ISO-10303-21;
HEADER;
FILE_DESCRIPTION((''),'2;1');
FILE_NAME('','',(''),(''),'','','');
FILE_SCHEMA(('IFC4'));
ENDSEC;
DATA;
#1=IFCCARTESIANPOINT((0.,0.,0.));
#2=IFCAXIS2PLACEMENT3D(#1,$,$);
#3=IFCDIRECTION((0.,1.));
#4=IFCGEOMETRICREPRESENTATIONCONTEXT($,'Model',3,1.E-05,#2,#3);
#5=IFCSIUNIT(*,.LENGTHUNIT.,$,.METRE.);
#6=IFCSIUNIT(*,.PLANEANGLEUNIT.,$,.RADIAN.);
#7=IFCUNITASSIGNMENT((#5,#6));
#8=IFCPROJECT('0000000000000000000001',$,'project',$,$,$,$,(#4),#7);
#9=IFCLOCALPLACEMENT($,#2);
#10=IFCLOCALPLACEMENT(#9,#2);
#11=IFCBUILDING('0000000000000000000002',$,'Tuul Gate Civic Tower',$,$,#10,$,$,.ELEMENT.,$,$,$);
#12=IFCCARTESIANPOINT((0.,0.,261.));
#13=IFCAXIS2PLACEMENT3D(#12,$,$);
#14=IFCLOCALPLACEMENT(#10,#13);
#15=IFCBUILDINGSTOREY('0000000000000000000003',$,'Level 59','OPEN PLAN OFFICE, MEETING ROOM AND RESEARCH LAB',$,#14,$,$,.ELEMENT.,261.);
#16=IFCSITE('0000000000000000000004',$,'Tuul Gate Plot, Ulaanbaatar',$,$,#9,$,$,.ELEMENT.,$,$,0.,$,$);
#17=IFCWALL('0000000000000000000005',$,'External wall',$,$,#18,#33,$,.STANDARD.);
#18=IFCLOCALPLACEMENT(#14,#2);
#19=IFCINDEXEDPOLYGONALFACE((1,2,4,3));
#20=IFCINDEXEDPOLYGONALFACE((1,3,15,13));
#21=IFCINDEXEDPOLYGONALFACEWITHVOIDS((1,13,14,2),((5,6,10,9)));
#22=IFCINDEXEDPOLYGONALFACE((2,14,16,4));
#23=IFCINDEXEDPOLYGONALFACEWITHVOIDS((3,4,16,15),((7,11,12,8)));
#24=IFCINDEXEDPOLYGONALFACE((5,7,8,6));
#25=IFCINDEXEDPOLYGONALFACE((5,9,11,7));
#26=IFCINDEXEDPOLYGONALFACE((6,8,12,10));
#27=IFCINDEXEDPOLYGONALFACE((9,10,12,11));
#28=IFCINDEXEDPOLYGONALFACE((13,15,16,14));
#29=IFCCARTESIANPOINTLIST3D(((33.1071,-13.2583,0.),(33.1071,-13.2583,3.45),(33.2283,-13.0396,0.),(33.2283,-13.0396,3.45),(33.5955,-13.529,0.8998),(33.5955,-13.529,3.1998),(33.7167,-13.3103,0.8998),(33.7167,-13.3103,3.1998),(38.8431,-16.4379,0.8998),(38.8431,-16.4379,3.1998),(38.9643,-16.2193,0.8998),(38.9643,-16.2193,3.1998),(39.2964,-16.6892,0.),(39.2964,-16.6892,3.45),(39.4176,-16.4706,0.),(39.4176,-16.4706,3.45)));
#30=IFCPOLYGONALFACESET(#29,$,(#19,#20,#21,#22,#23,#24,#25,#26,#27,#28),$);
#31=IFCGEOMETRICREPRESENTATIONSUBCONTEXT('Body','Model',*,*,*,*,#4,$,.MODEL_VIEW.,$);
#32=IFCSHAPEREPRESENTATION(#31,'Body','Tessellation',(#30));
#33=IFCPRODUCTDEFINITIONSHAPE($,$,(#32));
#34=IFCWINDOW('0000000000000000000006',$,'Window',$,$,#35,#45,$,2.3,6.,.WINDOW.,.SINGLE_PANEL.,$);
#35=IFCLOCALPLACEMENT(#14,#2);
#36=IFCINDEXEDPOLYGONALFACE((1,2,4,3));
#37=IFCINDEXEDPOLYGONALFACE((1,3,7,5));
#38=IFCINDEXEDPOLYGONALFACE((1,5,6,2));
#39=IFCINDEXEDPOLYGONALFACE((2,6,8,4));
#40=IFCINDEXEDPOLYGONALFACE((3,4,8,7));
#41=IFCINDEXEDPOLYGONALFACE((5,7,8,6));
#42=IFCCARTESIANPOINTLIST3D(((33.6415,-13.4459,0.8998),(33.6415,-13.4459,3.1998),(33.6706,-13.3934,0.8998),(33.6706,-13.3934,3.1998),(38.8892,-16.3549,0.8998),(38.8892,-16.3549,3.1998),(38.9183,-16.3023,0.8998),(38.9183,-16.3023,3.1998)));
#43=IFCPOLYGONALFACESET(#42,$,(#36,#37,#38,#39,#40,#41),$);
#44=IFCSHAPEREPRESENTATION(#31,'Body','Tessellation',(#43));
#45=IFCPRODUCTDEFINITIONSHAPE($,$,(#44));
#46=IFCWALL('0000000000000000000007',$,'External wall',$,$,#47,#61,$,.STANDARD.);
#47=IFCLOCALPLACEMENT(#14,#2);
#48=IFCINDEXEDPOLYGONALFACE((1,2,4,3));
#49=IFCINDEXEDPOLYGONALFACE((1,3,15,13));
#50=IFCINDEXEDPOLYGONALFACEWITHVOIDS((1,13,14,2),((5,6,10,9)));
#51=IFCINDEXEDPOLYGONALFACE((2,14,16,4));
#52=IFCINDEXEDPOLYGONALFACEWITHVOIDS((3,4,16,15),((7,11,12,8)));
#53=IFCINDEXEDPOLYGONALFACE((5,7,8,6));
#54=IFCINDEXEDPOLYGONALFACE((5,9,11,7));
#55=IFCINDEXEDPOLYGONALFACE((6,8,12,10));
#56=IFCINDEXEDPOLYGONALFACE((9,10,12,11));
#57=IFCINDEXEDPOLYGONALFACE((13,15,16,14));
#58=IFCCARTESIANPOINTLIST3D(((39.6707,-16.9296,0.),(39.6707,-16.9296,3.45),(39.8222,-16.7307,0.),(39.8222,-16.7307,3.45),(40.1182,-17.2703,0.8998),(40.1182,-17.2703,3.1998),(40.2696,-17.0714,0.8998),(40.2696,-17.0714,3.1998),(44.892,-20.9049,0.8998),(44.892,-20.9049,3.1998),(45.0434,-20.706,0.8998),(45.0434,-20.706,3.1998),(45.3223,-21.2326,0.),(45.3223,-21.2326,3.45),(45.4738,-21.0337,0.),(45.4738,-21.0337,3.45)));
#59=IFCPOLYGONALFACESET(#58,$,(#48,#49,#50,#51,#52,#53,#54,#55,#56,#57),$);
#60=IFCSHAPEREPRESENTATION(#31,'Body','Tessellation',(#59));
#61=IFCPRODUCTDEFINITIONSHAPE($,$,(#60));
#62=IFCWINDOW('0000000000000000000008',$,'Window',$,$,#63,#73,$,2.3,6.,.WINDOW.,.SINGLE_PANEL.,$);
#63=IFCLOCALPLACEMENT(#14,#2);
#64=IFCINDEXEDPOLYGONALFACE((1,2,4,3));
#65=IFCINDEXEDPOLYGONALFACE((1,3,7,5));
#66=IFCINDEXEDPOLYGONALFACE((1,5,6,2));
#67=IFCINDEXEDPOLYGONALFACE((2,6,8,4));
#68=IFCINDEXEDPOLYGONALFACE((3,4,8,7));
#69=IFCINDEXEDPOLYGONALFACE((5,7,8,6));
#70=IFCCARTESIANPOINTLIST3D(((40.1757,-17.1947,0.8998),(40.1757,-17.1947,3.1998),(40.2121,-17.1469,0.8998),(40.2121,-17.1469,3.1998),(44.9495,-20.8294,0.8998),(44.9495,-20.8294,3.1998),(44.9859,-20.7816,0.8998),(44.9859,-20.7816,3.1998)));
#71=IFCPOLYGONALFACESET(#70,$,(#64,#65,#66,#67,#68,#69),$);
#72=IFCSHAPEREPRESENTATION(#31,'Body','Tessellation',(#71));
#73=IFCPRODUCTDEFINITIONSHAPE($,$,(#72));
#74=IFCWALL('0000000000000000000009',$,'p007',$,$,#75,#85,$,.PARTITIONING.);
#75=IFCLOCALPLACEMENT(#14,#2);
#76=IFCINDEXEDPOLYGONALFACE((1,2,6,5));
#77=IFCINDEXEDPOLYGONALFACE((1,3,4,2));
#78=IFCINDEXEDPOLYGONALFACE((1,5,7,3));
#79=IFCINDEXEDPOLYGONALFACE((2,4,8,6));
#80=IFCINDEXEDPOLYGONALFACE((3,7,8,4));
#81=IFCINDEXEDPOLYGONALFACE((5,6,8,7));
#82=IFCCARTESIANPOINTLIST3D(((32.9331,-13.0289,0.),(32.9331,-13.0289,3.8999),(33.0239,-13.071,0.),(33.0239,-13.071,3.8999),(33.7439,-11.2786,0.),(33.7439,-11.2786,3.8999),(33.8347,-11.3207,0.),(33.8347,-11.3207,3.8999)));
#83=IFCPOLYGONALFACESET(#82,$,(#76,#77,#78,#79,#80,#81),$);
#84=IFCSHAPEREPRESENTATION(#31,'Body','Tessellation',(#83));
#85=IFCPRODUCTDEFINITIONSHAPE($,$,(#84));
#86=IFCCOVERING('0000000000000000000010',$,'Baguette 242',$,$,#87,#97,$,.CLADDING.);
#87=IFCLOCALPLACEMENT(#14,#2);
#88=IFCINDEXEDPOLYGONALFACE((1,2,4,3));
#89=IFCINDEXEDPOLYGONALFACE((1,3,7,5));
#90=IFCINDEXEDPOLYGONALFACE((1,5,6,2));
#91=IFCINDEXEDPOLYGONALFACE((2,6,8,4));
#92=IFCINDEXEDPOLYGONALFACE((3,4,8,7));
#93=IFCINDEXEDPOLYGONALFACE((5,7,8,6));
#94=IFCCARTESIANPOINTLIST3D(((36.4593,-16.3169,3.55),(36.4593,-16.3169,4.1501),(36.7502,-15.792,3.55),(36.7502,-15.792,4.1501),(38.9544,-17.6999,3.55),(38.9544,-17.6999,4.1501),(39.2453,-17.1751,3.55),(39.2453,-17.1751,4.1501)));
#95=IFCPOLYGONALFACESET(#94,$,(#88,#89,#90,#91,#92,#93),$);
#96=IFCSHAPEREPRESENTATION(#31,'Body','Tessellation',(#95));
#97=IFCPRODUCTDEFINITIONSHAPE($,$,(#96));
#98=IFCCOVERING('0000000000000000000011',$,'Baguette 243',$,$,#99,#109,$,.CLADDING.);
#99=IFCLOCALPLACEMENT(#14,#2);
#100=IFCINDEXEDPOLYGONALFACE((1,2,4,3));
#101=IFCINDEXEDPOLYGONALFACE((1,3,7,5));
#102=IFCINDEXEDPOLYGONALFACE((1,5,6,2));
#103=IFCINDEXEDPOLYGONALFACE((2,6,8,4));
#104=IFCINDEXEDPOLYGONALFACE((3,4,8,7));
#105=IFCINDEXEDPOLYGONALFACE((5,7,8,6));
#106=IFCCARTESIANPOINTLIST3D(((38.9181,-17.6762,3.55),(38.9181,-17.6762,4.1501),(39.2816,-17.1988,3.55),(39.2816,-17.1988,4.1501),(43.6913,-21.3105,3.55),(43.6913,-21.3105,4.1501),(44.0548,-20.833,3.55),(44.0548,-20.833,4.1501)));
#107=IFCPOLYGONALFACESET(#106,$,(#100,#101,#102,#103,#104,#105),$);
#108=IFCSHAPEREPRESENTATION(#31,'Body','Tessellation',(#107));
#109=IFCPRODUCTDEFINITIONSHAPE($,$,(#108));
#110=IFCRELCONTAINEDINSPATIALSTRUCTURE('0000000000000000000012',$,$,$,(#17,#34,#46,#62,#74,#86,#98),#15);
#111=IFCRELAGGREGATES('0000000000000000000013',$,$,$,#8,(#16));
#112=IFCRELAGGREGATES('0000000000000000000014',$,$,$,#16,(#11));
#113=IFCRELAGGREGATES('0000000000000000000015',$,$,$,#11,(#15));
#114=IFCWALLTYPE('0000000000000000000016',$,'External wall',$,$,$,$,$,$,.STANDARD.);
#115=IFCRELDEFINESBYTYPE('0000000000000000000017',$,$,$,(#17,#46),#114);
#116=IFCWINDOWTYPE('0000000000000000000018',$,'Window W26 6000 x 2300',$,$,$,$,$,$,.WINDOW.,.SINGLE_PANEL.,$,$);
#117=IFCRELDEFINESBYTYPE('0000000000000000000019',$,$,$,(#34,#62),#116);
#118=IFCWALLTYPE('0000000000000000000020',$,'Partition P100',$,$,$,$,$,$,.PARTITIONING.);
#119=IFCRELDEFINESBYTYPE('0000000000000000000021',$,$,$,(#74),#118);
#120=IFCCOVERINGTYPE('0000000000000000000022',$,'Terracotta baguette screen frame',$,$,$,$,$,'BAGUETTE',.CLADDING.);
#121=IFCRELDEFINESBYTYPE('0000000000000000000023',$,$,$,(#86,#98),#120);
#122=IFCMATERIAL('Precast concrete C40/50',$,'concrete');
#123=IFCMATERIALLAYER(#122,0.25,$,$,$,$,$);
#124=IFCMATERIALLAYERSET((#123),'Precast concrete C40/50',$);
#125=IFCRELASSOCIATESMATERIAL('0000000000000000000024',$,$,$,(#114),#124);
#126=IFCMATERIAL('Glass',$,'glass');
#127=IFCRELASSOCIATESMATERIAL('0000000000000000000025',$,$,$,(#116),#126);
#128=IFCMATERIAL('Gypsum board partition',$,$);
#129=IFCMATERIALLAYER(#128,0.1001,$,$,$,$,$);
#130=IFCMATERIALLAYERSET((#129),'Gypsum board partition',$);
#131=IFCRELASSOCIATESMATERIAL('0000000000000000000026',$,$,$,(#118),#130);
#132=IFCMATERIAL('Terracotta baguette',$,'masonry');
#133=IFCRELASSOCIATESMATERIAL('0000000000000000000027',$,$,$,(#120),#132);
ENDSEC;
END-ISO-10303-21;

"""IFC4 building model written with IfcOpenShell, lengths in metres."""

from ifc_helpers import new_model, si_unit, direction, frame, frame_2d, origin, origin_2d, place, context, subcontext, project, spatial, rectangle, extrude, material, layer, layer_set, material_profile, profile_set, type_object, element, fill, save


model = new_model("IFC4")

# Units and contexts
model_context = context("Model", 3, precision=1e-05, world=origin(), true_north=direction((0.0, 1.0)))
body_context = subcontext(model_context, "Body", "Model", "MODEL_VIEW")
ifc_project = project(units=[si_unit("LENGTHUNIT", "METRE"), si_unit("PLANEANGLEUNIT", "RADIAN")], contexts=[model_context])

# Site, building, storey
site_placement = place(None, origin())
site = spatial("IfcSite", under=ifc_project, at=site_placement, Name="Tuul Gate Plot, Ulaanbaatar", CompositionType="ELEMENT", RefElevation=0.0)
building_placement = place(site_placement, origin())
building = spatial("IfcBuilding", under=site, at=building_placement, Name="Tuul Gate Civic Tower", CompositionType="ELEMENT")
storey_placement = place(building_placement, frame((0.0, 0.0, 261.0)))
storey = spatial("IfcBuildingStorey", under=building, at=storey_placement, Name="Level 59", Description="OPEN PLAN OFFICE, MEETING ROOM AND RESEARCH LAB", CompositionType="ELEMENT", Elevation=261.0)

# Walls, openings, windows
ifc_material_1 = material(Name="Precast concrete C40/50", Category="concrete")
ifc_layer_1 = layer(ifc_material_1, 0.25)
ifc_layer_set_1 = layer_set([ifc_layer_1], Name="Precast concrete C40/50")
wall_type_1 = type_object("IfcWallType", Name="External wall", PredefinedType="STANDARD", material=ifc_layer_set_1)
wall_1_placement = place(storey_placement, frame((33.1677, -13.1489, 0.0), z_axis=(0.0, 0.0, 1.0), x_axis=(0.874609, -0.484828, 0.0)))
wall_1 = element("IfcWall", 1, at=wall_1_placement, inside=storey, type_object=wall_type_1, Name="External wall", PredefinedType="STANDARD", context=body_context, shape_type="SweptSolid", body=[
    extrude(rectangle(XDim=7.0767, YDim=0.25, at=frame_2d((3.5383, 0.0))), origin(), (0.0, 0.0, 1.0), 3.45),
])
opening_1_placement = place(wall_1_placement, frame((0.5583, 0.0, 0.8999)))
opening_1 = element("IfcOpeningElement", 2, at=opening_1_placement, cuts=wall_1, PredefinedType="OPENING", context=body_context, shape_type="SweptSolid", body=[
    extrude(rectangle(XDim=6.0, YDim=2.3, at=frame_2d((3.0, 1.1499))), frame((0.0, 0.135, 0.0), z_axis=(0.0, -1.0, 0.0), x_axis=(1.0, 0.0, 0.0)), (0.0, 0.0, 1.0), 0.27),
])
ifc_material_2 = material(Name="Glass", Category="glass")
window_type = type_object("IfcWindowType", Name="Window W26 6000 x 2300", PartitioningType="SINGLE_PANEL", PredefinedType="WINDOW", material=ifc_material_2)
window_1_placement = place(opening_1_placement, origin())
window_1 = element("IfcWindow", 3, at=window_1_placement, inside=storey, type_object=window_type, Name="Window", OverallHeight=2.3, OverallWidth=6.0, PartitioningType="SINGLE_PANEL", PredefinedType="WINDOW", context=body_context, shape_type="SweptSolid", body=[
    extrude(rectangle(XDim=6.0, YDim=2.3, at=frame_2d((3.0, 1.1499))), frame((0.0, 0.03, 0.0), z_axis=(0.0, -1.0, 0.0), x_axis=(1.0, 0.0, 0.0)), (0.0, 0.0, 1.0), 0.0601),
])
fill(opening_1, window_1)
wall_2_placement = place(storey_placement, frame((39.7463, -16.8301, 0.0), z_axis=(0.0, 0.0, 1.0), x_axis=(0.795636, -0.605775, 0.0)))
wall_2 = element("IfcWall", 4, at=wall_2_placement, inside=storey, type_object=wall_type_1, Name="External wall", PredefinedType="STANDARD", context=body_context, shape_type="SweptSolid", body=[
    extrude(rectangle(XDim=7.1033, YDim=0.25, at=frame_2d((3.5518, 0.0))), origin(), (0.0, 0.0, 1.0), 3.45),
])
opening_2_placement = place(wall_2_placement, frame((0.5625, 0.0, 0.8999)))
opening_2 = element("IfcOpeningElement", 5, at=opening_2_placement, cuts=wall_2, PredefinedType="OPENING", context=body_context, shape_type="SweptSolid", body=[
    extrude(rectangle(XDim=6.0, YDim=2.3, at=frame_2d((3.0, 1.1499))), frame((0.0, 0.135, 0.0), z_axis=(0.0, -1.0, 0.0), x_axis=(1.0, 0.0, 0.0)), (0.0, 0.0, 1.0), 0.27),
])
window_2_placement = place(opening_2_placement, origin())
window_2 = element("IfcWindow", 6, at=window_2_placement, inside=storey, type_object=window_type, Name="Window", OverallHeight=2.3, OverallWidth=6.0, PartitioningType="SINGLE_PANEL", PredefinedType="WINDOW", context=body_context, shape_type="SweptSolid", body=[
    extrude(rectangle(XDim=6.0, YDim=2.3, at=frame_2d((3.0, 1.1499))), frame((0.0, 0.03, 0.0), z_axis=(0.0, -1.0, 0.0), x_axis=(1.0, 0.0, 0.0)), (0.0, 0.0, 1.0), 0.0601),
])
fill(opening_2, window_2)

# Wall
ifc_material_3 = material(Name="Gypsum board partition")
ifc_layer_2 = layer(ifc_material_3, 0.1001)
ifc_layer_set_2 = layer_set([ifc_layer_2], Name="Gypsum board partition")
wall_type_2 = type_object("IfcWallType", Name="Partition P100", PredefinedType="PARTITIONING", material=ifc_layer_set_2)
wall_3_placement = place(storey_placement, frame((32.9785, -13.0498, 0.0), z_axis=(0.0, 0.0, 1.0), x_axis=(0.420334, 0.907369, 0.0)))
element("IfcWall", 7, at=wall_3_placement, inside=storey, type_object=wall_type_2, Name="p007", PredefinedType="PARTITIONING", context=body_context, shape_type="SweptSolid", body=[
    extrude(rectangle(XDim=1.929, YDim=0.1001, at=frame_2d((0.9644, 0.0))), origin(), (0.0, 0.0, 1.0), 3.8999),
])

# Coverings
ifc_material_4 = material(Name="Terracotta baguette", Category="masonry")
ifc_material_profile_1 = material_profile(ifc_material_4, rectangle(XDim=0.6001, YDim=0.6001, at=origin_2d()), Name="Terracotta baguette screen frame")
ifc_profile_set_1 = profile_set([ifc_material_profile_1], Name="Terracotta baguette")
covering_type = type_object("IfcCoveringType", Name="Terracotta baguette screen frame", ElementType="BAGUETTE", PredefinedType="CLADDING", material=ifc_profile_set_1)
covering_1_placement = place(storey_placement, frame((36.6047, -16.0544, 3.8501), z_axis=(0.874621, -0.484807, 0.0), x_axis=(0.484807, 0.874621, 0.0)))
element("IfcCovering", 8, at=covering_1_placement, inside=storey, type_object=covering_type, Name="Baguette 242", PredefinedType="CLADDING", context=body_context, shape_type="SweptSolid", body=[
    extrude(rectangle(XDim=0.6001, YDim=0.6001, at=origin_2d()), origin(), (0.0, 0.0, 1.0), 2.8528),
])
covering_2_placement = place(storey_placement, frame((39.0999, -17.4375, 3.8501), z_axis=(0.795628, -0.605786, 0.0), x_axis=(0.605786, 0.795628, 0.0)))
element("IfcCovering", 9, at=covering_2_placement, inside=storey, type_object=covering_type, Name="Baguette 243", PredefinedType="CLADDING", context=body_context, shape_type="SweptSolid", body=[
    extrude(rectangle(XDim=0.6001, YDim=0.6001, at=origin_2d()), origin(), (0.0, 0.0, 1.0), 5.9993),
])

save(model, "model.ifc")
